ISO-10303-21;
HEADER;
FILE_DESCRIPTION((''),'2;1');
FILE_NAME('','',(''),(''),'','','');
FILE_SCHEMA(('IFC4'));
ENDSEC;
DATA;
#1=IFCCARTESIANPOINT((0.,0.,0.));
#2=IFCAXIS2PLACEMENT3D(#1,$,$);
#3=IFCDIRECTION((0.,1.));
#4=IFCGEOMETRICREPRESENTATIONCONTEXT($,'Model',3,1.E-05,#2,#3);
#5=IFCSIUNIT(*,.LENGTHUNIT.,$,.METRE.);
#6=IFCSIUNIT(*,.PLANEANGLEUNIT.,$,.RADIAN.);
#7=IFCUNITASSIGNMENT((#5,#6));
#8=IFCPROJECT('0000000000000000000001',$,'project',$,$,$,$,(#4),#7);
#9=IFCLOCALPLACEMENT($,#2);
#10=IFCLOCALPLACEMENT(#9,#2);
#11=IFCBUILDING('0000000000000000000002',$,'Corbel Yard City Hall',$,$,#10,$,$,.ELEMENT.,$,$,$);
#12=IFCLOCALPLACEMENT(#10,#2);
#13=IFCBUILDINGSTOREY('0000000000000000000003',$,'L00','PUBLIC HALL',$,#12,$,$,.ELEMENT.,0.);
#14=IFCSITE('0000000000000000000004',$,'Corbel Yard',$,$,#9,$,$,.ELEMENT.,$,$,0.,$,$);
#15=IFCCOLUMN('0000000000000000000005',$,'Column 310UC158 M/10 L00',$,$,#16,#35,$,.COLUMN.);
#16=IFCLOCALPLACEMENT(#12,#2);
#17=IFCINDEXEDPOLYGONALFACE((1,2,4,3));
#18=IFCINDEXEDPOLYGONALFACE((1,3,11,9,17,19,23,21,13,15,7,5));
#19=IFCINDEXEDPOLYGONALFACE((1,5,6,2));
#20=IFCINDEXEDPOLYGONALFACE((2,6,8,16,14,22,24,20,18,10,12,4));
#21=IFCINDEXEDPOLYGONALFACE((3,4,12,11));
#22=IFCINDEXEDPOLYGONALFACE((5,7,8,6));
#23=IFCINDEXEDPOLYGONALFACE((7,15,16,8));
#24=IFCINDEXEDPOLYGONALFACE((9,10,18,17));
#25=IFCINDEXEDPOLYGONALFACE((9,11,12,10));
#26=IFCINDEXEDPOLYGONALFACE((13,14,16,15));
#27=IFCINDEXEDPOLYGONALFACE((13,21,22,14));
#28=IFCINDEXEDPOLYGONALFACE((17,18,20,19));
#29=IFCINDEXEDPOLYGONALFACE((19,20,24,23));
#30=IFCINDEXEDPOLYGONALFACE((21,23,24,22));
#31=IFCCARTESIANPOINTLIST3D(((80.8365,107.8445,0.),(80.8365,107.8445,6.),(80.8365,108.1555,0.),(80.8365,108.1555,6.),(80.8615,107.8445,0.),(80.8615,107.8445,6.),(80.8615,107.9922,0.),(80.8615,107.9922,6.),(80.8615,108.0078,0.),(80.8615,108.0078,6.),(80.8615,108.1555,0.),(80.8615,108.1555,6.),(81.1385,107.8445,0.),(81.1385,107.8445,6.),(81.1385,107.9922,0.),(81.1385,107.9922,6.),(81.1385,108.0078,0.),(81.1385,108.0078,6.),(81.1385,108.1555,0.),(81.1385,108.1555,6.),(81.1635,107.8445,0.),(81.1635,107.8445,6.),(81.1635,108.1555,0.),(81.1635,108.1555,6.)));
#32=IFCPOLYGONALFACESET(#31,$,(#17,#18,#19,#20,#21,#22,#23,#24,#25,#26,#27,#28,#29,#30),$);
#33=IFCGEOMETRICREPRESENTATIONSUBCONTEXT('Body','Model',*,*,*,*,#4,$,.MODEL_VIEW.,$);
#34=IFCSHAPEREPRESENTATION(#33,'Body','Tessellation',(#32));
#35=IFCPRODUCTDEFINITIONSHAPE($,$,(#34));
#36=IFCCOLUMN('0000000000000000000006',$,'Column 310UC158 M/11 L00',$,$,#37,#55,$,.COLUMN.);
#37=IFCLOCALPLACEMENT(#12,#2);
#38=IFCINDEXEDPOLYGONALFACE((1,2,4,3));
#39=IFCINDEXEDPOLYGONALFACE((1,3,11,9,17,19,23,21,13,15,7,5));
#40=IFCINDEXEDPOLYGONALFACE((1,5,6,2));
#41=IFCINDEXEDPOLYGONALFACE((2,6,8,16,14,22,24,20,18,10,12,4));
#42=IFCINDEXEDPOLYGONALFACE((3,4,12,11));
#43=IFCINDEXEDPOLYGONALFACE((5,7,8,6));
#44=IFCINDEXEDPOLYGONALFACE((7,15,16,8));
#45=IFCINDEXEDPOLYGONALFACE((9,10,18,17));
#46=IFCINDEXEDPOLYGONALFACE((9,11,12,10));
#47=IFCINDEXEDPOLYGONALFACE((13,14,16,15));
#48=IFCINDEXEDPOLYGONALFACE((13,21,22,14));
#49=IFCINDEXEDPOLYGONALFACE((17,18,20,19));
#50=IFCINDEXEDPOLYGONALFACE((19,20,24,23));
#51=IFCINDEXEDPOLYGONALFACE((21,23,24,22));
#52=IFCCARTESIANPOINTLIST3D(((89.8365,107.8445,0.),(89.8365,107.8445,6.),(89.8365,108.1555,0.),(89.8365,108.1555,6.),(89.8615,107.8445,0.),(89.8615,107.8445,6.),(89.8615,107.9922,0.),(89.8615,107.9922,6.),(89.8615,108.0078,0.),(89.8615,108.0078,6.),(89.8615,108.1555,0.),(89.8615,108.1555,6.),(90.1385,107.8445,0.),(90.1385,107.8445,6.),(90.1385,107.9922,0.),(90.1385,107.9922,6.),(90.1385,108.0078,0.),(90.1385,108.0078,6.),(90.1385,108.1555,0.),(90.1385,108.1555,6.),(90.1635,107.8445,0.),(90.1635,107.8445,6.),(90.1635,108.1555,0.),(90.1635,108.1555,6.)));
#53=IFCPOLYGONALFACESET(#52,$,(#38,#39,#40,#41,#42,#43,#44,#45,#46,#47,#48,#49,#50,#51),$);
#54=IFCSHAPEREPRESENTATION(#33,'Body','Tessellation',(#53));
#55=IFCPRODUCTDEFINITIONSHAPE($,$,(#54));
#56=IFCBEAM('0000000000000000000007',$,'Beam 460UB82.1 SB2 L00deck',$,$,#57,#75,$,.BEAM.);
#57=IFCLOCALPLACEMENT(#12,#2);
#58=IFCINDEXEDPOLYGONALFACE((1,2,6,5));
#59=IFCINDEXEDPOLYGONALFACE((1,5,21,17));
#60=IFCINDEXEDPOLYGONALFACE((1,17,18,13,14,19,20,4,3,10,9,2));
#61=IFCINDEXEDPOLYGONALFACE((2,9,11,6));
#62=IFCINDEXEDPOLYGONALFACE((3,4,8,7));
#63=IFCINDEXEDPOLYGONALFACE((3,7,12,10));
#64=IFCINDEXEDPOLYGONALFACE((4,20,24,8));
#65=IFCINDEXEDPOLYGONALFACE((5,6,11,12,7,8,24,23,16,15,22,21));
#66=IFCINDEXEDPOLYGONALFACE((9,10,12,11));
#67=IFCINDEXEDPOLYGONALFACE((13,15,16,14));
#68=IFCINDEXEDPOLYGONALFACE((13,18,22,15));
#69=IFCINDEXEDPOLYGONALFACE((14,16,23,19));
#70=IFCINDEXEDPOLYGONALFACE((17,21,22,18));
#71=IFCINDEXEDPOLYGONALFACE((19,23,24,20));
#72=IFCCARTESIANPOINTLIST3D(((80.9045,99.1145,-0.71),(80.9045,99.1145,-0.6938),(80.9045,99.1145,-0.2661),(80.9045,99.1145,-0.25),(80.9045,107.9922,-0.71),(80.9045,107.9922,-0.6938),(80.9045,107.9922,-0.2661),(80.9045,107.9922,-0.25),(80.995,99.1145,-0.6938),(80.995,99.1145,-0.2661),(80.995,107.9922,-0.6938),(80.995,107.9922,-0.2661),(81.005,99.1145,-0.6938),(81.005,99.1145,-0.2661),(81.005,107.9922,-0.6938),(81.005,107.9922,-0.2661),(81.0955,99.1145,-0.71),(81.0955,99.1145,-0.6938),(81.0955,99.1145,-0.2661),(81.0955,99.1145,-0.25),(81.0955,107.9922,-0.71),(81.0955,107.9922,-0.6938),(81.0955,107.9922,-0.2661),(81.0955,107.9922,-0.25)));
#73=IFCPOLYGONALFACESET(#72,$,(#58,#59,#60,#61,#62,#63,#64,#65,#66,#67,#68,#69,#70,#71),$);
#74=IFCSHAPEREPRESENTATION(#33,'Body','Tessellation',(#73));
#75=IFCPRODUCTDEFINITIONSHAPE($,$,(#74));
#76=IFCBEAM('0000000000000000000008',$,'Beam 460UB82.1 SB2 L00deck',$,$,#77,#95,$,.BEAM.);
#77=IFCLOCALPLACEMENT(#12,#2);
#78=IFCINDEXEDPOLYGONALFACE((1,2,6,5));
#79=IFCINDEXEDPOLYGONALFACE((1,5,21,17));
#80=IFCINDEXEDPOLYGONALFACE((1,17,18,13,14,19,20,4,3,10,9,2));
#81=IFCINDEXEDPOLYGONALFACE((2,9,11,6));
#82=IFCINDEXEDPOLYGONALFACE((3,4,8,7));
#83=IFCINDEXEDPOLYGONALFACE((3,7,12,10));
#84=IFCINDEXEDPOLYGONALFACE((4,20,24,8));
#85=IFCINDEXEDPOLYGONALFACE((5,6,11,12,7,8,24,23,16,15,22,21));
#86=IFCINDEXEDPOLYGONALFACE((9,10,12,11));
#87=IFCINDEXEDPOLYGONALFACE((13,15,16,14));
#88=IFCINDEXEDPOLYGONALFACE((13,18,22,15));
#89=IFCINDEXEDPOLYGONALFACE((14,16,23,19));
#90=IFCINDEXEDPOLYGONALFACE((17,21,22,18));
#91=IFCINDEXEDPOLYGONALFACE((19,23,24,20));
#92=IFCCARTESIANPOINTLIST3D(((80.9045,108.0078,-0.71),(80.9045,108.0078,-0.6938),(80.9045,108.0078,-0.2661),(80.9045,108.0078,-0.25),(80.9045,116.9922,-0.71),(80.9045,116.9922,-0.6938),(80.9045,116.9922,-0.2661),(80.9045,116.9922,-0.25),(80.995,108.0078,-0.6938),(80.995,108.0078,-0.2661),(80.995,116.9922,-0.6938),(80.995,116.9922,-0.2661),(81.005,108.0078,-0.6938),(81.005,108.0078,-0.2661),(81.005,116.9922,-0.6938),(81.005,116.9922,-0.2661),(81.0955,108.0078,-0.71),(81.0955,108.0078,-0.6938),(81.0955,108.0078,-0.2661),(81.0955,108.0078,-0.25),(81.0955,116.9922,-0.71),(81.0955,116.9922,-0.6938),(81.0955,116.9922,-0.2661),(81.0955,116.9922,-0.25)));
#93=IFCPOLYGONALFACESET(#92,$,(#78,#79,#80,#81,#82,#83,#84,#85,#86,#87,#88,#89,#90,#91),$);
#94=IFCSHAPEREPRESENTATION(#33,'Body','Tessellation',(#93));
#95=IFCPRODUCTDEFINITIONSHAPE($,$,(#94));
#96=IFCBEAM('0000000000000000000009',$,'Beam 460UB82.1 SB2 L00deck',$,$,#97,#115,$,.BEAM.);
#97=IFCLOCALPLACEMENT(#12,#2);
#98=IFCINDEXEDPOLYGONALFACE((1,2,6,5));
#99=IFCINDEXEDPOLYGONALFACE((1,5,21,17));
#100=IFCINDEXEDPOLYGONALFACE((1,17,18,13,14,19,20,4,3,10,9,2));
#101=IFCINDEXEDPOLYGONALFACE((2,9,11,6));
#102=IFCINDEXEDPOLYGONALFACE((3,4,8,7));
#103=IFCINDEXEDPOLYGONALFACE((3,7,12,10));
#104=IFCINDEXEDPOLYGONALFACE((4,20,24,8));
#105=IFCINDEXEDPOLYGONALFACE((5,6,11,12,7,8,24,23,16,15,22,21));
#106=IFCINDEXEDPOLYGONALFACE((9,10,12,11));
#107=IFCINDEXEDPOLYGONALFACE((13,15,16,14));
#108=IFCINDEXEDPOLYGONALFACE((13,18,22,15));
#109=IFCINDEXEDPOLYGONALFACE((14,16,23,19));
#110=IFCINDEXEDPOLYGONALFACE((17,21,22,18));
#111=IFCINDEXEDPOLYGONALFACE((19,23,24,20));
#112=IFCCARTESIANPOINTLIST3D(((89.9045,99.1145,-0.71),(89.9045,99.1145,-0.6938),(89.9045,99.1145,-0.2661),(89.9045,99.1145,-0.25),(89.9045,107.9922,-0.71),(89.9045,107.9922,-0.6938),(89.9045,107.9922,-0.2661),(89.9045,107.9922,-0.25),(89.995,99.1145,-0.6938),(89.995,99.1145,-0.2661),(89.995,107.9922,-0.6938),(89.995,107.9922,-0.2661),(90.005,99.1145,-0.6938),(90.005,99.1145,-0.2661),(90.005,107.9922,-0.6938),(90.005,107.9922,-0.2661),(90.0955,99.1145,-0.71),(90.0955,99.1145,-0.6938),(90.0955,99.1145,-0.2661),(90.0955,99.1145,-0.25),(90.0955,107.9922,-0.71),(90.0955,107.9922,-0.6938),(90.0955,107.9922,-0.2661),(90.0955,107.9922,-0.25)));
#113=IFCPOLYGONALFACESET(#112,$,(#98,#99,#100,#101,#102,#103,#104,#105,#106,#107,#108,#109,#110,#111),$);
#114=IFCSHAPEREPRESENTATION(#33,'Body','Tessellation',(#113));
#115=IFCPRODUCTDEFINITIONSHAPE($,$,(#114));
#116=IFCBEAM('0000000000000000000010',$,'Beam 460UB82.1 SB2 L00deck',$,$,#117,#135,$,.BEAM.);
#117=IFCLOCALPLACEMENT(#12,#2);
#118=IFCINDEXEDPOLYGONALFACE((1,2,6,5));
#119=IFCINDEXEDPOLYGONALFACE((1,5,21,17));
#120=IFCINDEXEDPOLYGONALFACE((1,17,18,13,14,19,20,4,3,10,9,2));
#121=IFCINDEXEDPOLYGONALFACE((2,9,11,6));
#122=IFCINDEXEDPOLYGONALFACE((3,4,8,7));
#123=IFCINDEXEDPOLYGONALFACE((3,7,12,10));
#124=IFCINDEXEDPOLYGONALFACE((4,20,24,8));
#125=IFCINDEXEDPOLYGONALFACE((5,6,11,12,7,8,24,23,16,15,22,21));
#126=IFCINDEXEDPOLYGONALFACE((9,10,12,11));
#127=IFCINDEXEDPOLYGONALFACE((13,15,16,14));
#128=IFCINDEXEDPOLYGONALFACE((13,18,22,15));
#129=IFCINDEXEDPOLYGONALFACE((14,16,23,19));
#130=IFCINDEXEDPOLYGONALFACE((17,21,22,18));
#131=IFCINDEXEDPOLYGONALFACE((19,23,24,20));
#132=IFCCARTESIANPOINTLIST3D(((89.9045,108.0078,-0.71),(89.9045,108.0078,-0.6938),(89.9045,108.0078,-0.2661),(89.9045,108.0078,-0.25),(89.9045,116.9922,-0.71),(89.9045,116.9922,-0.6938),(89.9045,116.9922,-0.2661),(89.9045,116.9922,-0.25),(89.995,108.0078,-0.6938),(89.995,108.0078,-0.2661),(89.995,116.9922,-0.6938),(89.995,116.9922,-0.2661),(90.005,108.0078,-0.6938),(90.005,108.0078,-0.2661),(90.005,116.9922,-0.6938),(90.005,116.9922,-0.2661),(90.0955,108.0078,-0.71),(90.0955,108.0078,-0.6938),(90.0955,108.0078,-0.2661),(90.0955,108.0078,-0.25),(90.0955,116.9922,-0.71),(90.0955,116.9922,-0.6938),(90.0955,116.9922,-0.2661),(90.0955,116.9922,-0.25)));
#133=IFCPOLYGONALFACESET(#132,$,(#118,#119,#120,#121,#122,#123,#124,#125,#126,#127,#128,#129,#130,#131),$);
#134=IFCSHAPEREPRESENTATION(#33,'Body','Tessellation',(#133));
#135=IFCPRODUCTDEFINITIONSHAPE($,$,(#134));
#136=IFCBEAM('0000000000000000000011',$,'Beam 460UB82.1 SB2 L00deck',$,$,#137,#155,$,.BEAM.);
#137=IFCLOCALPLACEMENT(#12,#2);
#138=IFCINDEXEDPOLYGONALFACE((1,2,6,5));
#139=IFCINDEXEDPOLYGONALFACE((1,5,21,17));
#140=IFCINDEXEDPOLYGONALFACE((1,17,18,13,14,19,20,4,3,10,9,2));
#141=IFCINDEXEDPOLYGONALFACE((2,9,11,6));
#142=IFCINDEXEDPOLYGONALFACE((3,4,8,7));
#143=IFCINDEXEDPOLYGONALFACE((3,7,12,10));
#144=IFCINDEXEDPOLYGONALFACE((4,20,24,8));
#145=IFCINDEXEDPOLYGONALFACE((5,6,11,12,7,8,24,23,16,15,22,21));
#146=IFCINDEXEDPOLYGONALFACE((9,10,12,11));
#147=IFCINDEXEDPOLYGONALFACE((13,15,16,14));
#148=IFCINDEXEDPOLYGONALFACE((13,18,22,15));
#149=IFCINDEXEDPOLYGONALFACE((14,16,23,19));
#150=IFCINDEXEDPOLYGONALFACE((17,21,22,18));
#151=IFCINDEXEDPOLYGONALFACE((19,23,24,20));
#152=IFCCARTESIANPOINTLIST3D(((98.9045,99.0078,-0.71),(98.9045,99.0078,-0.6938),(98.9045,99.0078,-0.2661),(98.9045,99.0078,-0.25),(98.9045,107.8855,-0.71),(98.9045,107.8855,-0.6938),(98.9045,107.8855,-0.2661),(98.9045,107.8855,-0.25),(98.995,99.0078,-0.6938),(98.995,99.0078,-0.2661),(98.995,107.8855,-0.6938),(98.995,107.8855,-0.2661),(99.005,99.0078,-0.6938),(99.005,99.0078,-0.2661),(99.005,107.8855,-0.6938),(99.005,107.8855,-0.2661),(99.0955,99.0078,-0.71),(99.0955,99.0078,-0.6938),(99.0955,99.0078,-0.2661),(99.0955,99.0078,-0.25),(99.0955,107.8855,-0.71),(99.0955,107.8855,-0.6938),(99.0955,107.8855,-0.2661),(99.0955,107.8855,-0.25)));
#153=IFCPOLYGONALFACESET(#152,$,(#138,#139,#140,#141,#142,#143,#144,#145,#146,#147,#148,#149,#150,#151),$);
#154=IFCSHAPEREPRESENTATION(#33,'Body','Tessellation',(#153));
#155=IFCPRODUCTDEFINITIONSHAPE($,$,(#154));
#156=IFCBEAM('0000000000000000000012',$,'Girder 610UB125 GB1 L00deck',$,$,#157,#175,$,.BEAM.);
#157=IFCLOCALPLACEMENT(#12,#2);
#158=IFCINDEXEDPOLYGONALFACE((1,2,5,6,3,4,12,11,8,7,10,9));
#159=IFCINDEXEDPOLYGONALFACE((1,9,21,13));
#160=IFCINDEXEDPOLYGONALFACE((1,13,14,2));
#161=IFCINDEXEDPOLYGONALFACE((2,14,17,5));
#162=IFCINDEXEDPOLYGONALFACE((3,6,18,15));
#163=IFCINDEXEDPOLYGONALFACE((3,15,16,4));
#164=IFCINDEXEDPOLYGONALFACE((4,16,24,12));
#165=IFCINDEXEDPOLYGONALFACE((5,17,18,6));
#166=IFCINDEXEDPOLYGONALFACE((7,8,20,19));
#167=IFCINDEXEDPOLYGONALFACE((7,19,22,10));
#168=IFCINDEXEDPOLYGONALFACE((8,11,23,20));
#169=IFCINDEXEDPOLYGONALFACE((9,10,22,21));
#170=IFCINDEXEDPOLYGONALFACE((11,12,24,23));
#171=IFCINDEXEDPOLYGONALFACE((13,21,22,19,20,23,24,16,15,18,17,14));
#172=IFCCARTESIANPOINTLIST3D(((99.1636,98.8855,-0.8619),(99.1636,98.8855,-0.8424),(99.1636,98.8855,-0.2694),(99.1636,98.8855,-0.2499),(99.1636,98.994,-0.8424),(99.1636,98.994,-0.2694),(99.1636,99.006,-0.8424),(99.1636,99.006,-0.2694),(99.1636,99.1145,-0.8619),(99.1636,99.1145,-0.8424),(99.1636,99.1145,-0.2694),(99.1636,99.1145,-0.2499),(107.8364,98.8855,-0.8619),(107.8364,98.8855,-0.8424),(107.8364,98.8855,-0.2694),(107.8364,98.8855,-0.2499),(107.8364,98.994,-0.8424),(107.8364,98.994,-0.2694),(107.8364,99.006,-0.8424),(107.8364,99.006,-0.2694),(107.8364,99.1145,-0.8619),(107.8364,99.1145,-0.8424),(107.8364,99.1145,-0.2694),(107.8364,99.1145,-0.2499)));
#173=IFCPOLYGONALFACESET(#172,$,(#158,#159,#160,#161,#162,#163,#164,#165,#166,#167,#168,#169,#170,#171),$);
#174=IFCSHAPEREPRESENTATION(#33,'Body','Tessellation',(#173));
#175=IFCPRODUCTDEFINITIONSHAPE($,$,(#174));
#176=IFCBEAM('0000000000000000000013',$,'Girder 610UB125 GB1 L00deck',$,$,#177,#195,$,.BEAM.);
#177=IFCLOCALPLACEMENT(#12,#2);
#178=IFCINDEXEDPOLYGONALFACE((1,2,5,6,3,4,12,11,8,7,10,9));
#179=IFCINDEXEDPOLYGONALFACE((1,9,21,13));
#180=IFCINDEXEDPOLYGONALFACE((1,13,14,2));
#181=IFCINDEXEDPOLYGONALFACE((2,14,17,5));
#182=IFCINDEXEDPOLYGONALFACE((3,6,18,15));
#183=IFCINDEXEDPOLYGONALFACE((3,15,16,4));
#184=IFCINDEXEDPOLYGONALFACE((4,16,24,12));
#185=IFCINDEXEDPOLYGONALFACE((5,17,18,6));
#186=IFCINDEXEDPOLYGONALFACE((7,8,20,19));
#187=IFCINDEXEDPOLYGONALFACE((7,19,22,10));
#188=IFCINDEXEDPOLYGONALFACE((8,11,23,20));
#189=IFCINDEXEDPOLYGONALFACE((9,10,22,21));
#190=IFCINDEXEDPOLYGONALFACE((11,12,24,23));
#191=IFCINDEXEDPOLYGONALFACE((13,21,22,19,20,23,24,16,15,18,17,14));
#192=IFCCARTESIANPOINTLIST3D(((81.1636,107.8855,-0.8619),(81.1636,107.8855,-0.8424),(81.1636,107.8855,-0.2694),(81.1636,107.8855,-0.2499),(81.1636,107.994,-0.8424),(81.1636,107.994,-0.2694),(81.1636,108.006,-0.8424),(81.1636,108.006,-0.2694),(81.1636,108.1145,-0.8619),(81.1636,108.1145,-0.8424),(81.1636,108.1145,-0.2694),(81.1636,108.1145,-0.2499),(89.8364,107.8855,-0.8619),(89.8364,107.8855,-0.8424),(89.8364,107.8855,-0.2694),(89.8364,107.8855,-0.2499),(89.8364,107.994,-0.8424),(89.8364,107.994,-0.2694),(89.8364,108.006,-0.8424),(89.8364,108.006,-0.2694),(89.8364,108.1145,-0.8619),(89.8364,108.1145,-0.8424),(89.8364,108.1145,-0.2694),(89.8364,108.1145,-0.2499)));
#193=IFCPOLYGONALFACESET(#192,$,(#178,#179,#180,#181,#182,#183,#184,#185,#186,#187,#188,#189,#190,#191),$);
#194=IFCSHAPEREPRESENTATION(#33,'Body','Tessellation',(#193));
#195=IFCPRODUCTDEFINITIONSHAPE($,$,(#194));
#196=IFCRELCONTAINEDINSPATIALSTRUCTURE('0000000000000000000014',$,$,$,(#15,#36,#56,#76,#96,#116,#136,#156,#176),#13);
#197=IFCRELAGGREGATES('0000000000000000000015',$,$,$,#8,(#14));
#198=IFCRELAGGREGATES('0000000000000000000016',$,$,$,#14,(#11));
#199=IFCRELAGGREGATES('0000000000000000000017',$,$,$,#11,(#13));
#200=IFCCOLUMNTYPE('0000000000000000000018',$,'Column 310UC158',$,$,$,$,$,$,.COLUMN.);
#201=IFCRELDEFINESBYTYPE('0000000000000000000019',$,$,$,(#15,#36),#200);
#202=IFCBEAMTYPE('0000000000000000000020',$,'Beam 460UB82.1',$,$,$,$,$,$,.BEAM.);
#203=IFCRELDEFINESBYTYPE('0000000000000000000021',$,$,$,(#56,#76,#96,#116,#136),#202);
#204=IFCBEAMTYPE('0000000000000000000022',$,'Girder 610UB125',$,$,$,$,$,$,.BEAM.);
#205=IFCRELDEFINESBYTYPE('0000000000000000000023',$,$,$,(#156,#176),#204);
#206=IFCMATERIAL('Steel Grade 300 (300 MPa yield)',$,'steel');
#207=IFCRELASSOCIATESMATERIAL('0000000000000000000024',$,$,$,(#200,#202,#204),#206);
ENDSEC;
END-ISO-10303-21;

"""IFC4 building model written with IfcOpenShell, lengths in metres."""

from ifc_helpers import new_model, si_unit, direction, frame, origin, origin_2d, place, context, subcontext, project, spatial, i_section, extrude, material, material_profile, profile_set, type_object, element, save


model = new_model("IFC4")

# Units and contexts
model_context = context("Model", 3, precision=1e-05, world=origin(), true_north=direction((0.0, 1.0)))
body_context = subcontext(model_context, "Body", "Model", "MODEL_VIEW")
ifc_project = project(units=[si_unit("LENGTHUNIT", "METRE"), si_unit("PLANEANGLEUNIT", "RADIAN")], contexts=[model_context])

# Site, building, storey
site_placement = place(None, origin())
site = spatial("IfcSite", under=ifc_project, at=site_placement, Name="Corbel Yard", CompositionType="ELEMENT", RefElevation=0.0)
building_placement = place(site_placement, origin())
building = spatial("IfcBuilding", under=site, at=building_placement, Name="Corbel Yard City Hall", CompositionType="ELEMENT")
storey_placement = place(building_placement, origin())
storey = spatial("IfcBuildingStorey", under=building, at=storey_placement, Name="L00", Description="PUBLIC HALL", CompositionType="ELEMENT", Elevation=0.0)

# Columns
ifc_material_1 = material(Name="Steel Grade 300 (300 MPa yield)", Category="steel")
ifc_material_profile_1 = material_profile(ifc_material_1, i_section(OverallWidth=0.311, OverallDepth=0.3269, WebThickness=0.0156, FlangeThickness=0.0249, at=origin_2d()), Name="310UC158")
ifc_profile_set_1 = profile_set([ifc_material_profile_1], Name="Steel Grade 300 (300 MPa yield)")
column_type = type_object("IfcColumnType", Name="Column 310UC158", PredefinedType="COLUMN", material=ifc_profile_set_1)
for number, where, z_axis, x_axis, name in (
    (1, (81.0, 108.0, 0.0), (0.0, 0.0, 1.0), (0.0, 1.0, 0.0), "Column 310UC158 M/10 L00"),
    (2, (90.0, 108.0, 0.0), (0.0, 0.0, 1.0), (0.0, 1.0, 0.0), "Column 310UC158 M/11 L00"),
):
    element("IfcColumn", number, at=place(storey_placement, frame(where, z_axis=z_axis, x_axis=x_axis)), inside=storey, type_object=column_type, Name=name, PredefinedType="COLUMN", context=body_context, shape_type="SweptSolid", body=[
        extrude(i_section(OverallWidth=0.311, OverallDepth=0.3269, WebThickness=0.0156, FlangeThickness=0.0249, at=origin_2d()), origin(), (0.0, 0.0, 1.0), 6.0),
    ])

# Beams
ifc_material_profile_2 = material_profile(ifc_material_1, i_section(OverallWidth=0.1909, OverallDepth=0.46, WebThickness=0.01, FlangeThickness=0.0161, at=origin_2d()), Name="460UB82.1")
ifc_profile_set_2 = profile_set([ifc_material_profile_2], Name="Steel Grade 300 (300 MPa yield)")
beam_type_1 = type_object("IfcBeamType", Name="Beam 460UB82.1", PredefinedType="BEAM", material=ifc_profile_set_2)
beam_1_placement = place(storey_placement, frame((81.0, 99.1145, -0.48), z_axis=(0.0, 1.0, 0.0), x_axis=(-1.0, 0.0, 0.0)))
element("IfcBeam", 3, at=beam_1_placement, inside=storey, type_object=beam_type_1, Name="Beam 460UB82.1 SB2 L00deck", PredefinedType="BEAM", context=body_context, shape_type="SweptSolid", body=[
    extrude(i_section(OverallWidth=0.1909, OverallDepth=0.46, WebThickness=0.01, FlangeThickness=0.0161, at=origin_2d()), origin(), (0.0, 0.0, 1.0), 8.8777),
])
beam_2_placement = place(storey_placement, frame((81.0, 108.0078, -0.48), z_axis=(0.0, 1.0, 0.0), x_axis=(-1.0, 0.0, 0.0)))
element("IfcBeam", 4, at=beam_2_placement, inside=storey, type_object=beam_type_1, Name="Beam 460UB82.1 SB2 L00deck", PredefinedType="BEAM", context=body_context, shape_type="SweptSolid", body=[
    extrude(i_section(OverallWidth=0.1909, OverallDepth=0.46, WebThickness=0.01, FlangeThickness=0.0161, at=origin_2d()), origin(), (0.0, 0.0, 1.0), 8.9844),
])
beam_3_placement = place(storey_placement, frame((90.0, 99.1145, -0.48), z_axis=(0.0, 1.0, 0.0), x_axis=(-1.0, 0.0, 0.0)))
element("IfcBeam", 5, at=beam_3_placement, inside=storey, type_object=beam_type_1, Name="Beam 460UB82.1 SB2 L00deck", PredefinedType="BEAM", context=body_context, shape_type="SweptSolid", body=[
    extrude(i_section(OverallWidth=0.1909, OverallDepth=0.46, WebThickness=0.01, FlangeThickness=0.0161, at=origin_2d()), origin(), (0.0, 0.0, 1.0), 8.8777),
])
beam_4_placement = place(storey_placement, frame((90.0, 108.0078, -0.48), z_axis=(0.0, 1.0, 0.0), x_axis=(-1.0, 0.0, 0.0)))
element("IfcBeam", 6, at=beam_4_placement, inside=storey, type_object=beam_type_1, Name="Beam 460UB82.1 SB2 L00deck", PredefinedType="BEAM", context=body_context, shape_type="SweptSolid", body=[
    extrude(i_section(OverallWidth=0.1909, OverallDepth=0.46, WebThickness=0.01, FlangeThickness=0.0161, at=origin_2d()), origin(), (0.0, 0.0, 1.0), 8.9844),
])
beam_5_placement = place(storey_placement, frame((99.0, 99.0078, -0.48), z_axis=(0.0, 1.0, 0.0), x_axis=(-1.0, 0.0, 0.0)))
element("IfcBeam", 7, at=beam_5_placement, inside=storey, type_object=beam_type_1, Name="Beam 460UB82.1 SB2 L00deck", PredefinedType="BEAM", context=body_context, shape_type="SweptSolid", body=[
    extrude(i_section(OverallWidth=0.1909, OverallDepth=0.46, WebThickness=0.01, FlangeThickness=0.0161, at=origin_2d()), origin(), (0.0, 0.0, 1.0), 8.8777),
])
ifc_material_profile_3 = material_profile(ifc_material_1, i_section(OverallWidth=0.229, OverallDepth=0.6121, WebThickness=0.012, FlangeThickness=0.0195, at=origin_2d()), Name="610UB125")
ifc_profile_set_3 = profile_set([ifc_material_profile_3], Name="Steel Grade 300 (300 MPa yield)")
beam_type_2 = type_object("IfcBeamType", Name="Girder 610UB125", PredefinedType="BEAM", material=ifc_profile_set_3)
for number, where, z_axis, x_axis, name in (
    (8, (99.1636, 99.0, -0.5559), (1.0, 0.0, 0.0), (0.0, 1.0, 0.0), "Girder 610UB125 GB1 L00deck"),
    (9, (81.1636, 108.0, -0.5559), (1.0, 0.0, 0.0), (0.0, 1.0, 0.0), "Girder 610UB125 GB1 L00deck"),
):
    element("IfcBeam", number, at=place(storey_placement, frame(where, z_axis=z_axis, x_axis=x_axis)), inside=storey, type_object=beam_type_2, Name=name, PredefinedType="BEAM", context=body_context, shape_type="SweptSolid", body=[
        extrude(i_section(OverallWidth=0.229, OverallDepth=0.6121, WebThickness=0.012, FlangeThickness=0.0195, at=origin_2d()), origin(), (0.0, 0.0, 1.0), 8.6729),
    ])

save(model, "model.ifc")
